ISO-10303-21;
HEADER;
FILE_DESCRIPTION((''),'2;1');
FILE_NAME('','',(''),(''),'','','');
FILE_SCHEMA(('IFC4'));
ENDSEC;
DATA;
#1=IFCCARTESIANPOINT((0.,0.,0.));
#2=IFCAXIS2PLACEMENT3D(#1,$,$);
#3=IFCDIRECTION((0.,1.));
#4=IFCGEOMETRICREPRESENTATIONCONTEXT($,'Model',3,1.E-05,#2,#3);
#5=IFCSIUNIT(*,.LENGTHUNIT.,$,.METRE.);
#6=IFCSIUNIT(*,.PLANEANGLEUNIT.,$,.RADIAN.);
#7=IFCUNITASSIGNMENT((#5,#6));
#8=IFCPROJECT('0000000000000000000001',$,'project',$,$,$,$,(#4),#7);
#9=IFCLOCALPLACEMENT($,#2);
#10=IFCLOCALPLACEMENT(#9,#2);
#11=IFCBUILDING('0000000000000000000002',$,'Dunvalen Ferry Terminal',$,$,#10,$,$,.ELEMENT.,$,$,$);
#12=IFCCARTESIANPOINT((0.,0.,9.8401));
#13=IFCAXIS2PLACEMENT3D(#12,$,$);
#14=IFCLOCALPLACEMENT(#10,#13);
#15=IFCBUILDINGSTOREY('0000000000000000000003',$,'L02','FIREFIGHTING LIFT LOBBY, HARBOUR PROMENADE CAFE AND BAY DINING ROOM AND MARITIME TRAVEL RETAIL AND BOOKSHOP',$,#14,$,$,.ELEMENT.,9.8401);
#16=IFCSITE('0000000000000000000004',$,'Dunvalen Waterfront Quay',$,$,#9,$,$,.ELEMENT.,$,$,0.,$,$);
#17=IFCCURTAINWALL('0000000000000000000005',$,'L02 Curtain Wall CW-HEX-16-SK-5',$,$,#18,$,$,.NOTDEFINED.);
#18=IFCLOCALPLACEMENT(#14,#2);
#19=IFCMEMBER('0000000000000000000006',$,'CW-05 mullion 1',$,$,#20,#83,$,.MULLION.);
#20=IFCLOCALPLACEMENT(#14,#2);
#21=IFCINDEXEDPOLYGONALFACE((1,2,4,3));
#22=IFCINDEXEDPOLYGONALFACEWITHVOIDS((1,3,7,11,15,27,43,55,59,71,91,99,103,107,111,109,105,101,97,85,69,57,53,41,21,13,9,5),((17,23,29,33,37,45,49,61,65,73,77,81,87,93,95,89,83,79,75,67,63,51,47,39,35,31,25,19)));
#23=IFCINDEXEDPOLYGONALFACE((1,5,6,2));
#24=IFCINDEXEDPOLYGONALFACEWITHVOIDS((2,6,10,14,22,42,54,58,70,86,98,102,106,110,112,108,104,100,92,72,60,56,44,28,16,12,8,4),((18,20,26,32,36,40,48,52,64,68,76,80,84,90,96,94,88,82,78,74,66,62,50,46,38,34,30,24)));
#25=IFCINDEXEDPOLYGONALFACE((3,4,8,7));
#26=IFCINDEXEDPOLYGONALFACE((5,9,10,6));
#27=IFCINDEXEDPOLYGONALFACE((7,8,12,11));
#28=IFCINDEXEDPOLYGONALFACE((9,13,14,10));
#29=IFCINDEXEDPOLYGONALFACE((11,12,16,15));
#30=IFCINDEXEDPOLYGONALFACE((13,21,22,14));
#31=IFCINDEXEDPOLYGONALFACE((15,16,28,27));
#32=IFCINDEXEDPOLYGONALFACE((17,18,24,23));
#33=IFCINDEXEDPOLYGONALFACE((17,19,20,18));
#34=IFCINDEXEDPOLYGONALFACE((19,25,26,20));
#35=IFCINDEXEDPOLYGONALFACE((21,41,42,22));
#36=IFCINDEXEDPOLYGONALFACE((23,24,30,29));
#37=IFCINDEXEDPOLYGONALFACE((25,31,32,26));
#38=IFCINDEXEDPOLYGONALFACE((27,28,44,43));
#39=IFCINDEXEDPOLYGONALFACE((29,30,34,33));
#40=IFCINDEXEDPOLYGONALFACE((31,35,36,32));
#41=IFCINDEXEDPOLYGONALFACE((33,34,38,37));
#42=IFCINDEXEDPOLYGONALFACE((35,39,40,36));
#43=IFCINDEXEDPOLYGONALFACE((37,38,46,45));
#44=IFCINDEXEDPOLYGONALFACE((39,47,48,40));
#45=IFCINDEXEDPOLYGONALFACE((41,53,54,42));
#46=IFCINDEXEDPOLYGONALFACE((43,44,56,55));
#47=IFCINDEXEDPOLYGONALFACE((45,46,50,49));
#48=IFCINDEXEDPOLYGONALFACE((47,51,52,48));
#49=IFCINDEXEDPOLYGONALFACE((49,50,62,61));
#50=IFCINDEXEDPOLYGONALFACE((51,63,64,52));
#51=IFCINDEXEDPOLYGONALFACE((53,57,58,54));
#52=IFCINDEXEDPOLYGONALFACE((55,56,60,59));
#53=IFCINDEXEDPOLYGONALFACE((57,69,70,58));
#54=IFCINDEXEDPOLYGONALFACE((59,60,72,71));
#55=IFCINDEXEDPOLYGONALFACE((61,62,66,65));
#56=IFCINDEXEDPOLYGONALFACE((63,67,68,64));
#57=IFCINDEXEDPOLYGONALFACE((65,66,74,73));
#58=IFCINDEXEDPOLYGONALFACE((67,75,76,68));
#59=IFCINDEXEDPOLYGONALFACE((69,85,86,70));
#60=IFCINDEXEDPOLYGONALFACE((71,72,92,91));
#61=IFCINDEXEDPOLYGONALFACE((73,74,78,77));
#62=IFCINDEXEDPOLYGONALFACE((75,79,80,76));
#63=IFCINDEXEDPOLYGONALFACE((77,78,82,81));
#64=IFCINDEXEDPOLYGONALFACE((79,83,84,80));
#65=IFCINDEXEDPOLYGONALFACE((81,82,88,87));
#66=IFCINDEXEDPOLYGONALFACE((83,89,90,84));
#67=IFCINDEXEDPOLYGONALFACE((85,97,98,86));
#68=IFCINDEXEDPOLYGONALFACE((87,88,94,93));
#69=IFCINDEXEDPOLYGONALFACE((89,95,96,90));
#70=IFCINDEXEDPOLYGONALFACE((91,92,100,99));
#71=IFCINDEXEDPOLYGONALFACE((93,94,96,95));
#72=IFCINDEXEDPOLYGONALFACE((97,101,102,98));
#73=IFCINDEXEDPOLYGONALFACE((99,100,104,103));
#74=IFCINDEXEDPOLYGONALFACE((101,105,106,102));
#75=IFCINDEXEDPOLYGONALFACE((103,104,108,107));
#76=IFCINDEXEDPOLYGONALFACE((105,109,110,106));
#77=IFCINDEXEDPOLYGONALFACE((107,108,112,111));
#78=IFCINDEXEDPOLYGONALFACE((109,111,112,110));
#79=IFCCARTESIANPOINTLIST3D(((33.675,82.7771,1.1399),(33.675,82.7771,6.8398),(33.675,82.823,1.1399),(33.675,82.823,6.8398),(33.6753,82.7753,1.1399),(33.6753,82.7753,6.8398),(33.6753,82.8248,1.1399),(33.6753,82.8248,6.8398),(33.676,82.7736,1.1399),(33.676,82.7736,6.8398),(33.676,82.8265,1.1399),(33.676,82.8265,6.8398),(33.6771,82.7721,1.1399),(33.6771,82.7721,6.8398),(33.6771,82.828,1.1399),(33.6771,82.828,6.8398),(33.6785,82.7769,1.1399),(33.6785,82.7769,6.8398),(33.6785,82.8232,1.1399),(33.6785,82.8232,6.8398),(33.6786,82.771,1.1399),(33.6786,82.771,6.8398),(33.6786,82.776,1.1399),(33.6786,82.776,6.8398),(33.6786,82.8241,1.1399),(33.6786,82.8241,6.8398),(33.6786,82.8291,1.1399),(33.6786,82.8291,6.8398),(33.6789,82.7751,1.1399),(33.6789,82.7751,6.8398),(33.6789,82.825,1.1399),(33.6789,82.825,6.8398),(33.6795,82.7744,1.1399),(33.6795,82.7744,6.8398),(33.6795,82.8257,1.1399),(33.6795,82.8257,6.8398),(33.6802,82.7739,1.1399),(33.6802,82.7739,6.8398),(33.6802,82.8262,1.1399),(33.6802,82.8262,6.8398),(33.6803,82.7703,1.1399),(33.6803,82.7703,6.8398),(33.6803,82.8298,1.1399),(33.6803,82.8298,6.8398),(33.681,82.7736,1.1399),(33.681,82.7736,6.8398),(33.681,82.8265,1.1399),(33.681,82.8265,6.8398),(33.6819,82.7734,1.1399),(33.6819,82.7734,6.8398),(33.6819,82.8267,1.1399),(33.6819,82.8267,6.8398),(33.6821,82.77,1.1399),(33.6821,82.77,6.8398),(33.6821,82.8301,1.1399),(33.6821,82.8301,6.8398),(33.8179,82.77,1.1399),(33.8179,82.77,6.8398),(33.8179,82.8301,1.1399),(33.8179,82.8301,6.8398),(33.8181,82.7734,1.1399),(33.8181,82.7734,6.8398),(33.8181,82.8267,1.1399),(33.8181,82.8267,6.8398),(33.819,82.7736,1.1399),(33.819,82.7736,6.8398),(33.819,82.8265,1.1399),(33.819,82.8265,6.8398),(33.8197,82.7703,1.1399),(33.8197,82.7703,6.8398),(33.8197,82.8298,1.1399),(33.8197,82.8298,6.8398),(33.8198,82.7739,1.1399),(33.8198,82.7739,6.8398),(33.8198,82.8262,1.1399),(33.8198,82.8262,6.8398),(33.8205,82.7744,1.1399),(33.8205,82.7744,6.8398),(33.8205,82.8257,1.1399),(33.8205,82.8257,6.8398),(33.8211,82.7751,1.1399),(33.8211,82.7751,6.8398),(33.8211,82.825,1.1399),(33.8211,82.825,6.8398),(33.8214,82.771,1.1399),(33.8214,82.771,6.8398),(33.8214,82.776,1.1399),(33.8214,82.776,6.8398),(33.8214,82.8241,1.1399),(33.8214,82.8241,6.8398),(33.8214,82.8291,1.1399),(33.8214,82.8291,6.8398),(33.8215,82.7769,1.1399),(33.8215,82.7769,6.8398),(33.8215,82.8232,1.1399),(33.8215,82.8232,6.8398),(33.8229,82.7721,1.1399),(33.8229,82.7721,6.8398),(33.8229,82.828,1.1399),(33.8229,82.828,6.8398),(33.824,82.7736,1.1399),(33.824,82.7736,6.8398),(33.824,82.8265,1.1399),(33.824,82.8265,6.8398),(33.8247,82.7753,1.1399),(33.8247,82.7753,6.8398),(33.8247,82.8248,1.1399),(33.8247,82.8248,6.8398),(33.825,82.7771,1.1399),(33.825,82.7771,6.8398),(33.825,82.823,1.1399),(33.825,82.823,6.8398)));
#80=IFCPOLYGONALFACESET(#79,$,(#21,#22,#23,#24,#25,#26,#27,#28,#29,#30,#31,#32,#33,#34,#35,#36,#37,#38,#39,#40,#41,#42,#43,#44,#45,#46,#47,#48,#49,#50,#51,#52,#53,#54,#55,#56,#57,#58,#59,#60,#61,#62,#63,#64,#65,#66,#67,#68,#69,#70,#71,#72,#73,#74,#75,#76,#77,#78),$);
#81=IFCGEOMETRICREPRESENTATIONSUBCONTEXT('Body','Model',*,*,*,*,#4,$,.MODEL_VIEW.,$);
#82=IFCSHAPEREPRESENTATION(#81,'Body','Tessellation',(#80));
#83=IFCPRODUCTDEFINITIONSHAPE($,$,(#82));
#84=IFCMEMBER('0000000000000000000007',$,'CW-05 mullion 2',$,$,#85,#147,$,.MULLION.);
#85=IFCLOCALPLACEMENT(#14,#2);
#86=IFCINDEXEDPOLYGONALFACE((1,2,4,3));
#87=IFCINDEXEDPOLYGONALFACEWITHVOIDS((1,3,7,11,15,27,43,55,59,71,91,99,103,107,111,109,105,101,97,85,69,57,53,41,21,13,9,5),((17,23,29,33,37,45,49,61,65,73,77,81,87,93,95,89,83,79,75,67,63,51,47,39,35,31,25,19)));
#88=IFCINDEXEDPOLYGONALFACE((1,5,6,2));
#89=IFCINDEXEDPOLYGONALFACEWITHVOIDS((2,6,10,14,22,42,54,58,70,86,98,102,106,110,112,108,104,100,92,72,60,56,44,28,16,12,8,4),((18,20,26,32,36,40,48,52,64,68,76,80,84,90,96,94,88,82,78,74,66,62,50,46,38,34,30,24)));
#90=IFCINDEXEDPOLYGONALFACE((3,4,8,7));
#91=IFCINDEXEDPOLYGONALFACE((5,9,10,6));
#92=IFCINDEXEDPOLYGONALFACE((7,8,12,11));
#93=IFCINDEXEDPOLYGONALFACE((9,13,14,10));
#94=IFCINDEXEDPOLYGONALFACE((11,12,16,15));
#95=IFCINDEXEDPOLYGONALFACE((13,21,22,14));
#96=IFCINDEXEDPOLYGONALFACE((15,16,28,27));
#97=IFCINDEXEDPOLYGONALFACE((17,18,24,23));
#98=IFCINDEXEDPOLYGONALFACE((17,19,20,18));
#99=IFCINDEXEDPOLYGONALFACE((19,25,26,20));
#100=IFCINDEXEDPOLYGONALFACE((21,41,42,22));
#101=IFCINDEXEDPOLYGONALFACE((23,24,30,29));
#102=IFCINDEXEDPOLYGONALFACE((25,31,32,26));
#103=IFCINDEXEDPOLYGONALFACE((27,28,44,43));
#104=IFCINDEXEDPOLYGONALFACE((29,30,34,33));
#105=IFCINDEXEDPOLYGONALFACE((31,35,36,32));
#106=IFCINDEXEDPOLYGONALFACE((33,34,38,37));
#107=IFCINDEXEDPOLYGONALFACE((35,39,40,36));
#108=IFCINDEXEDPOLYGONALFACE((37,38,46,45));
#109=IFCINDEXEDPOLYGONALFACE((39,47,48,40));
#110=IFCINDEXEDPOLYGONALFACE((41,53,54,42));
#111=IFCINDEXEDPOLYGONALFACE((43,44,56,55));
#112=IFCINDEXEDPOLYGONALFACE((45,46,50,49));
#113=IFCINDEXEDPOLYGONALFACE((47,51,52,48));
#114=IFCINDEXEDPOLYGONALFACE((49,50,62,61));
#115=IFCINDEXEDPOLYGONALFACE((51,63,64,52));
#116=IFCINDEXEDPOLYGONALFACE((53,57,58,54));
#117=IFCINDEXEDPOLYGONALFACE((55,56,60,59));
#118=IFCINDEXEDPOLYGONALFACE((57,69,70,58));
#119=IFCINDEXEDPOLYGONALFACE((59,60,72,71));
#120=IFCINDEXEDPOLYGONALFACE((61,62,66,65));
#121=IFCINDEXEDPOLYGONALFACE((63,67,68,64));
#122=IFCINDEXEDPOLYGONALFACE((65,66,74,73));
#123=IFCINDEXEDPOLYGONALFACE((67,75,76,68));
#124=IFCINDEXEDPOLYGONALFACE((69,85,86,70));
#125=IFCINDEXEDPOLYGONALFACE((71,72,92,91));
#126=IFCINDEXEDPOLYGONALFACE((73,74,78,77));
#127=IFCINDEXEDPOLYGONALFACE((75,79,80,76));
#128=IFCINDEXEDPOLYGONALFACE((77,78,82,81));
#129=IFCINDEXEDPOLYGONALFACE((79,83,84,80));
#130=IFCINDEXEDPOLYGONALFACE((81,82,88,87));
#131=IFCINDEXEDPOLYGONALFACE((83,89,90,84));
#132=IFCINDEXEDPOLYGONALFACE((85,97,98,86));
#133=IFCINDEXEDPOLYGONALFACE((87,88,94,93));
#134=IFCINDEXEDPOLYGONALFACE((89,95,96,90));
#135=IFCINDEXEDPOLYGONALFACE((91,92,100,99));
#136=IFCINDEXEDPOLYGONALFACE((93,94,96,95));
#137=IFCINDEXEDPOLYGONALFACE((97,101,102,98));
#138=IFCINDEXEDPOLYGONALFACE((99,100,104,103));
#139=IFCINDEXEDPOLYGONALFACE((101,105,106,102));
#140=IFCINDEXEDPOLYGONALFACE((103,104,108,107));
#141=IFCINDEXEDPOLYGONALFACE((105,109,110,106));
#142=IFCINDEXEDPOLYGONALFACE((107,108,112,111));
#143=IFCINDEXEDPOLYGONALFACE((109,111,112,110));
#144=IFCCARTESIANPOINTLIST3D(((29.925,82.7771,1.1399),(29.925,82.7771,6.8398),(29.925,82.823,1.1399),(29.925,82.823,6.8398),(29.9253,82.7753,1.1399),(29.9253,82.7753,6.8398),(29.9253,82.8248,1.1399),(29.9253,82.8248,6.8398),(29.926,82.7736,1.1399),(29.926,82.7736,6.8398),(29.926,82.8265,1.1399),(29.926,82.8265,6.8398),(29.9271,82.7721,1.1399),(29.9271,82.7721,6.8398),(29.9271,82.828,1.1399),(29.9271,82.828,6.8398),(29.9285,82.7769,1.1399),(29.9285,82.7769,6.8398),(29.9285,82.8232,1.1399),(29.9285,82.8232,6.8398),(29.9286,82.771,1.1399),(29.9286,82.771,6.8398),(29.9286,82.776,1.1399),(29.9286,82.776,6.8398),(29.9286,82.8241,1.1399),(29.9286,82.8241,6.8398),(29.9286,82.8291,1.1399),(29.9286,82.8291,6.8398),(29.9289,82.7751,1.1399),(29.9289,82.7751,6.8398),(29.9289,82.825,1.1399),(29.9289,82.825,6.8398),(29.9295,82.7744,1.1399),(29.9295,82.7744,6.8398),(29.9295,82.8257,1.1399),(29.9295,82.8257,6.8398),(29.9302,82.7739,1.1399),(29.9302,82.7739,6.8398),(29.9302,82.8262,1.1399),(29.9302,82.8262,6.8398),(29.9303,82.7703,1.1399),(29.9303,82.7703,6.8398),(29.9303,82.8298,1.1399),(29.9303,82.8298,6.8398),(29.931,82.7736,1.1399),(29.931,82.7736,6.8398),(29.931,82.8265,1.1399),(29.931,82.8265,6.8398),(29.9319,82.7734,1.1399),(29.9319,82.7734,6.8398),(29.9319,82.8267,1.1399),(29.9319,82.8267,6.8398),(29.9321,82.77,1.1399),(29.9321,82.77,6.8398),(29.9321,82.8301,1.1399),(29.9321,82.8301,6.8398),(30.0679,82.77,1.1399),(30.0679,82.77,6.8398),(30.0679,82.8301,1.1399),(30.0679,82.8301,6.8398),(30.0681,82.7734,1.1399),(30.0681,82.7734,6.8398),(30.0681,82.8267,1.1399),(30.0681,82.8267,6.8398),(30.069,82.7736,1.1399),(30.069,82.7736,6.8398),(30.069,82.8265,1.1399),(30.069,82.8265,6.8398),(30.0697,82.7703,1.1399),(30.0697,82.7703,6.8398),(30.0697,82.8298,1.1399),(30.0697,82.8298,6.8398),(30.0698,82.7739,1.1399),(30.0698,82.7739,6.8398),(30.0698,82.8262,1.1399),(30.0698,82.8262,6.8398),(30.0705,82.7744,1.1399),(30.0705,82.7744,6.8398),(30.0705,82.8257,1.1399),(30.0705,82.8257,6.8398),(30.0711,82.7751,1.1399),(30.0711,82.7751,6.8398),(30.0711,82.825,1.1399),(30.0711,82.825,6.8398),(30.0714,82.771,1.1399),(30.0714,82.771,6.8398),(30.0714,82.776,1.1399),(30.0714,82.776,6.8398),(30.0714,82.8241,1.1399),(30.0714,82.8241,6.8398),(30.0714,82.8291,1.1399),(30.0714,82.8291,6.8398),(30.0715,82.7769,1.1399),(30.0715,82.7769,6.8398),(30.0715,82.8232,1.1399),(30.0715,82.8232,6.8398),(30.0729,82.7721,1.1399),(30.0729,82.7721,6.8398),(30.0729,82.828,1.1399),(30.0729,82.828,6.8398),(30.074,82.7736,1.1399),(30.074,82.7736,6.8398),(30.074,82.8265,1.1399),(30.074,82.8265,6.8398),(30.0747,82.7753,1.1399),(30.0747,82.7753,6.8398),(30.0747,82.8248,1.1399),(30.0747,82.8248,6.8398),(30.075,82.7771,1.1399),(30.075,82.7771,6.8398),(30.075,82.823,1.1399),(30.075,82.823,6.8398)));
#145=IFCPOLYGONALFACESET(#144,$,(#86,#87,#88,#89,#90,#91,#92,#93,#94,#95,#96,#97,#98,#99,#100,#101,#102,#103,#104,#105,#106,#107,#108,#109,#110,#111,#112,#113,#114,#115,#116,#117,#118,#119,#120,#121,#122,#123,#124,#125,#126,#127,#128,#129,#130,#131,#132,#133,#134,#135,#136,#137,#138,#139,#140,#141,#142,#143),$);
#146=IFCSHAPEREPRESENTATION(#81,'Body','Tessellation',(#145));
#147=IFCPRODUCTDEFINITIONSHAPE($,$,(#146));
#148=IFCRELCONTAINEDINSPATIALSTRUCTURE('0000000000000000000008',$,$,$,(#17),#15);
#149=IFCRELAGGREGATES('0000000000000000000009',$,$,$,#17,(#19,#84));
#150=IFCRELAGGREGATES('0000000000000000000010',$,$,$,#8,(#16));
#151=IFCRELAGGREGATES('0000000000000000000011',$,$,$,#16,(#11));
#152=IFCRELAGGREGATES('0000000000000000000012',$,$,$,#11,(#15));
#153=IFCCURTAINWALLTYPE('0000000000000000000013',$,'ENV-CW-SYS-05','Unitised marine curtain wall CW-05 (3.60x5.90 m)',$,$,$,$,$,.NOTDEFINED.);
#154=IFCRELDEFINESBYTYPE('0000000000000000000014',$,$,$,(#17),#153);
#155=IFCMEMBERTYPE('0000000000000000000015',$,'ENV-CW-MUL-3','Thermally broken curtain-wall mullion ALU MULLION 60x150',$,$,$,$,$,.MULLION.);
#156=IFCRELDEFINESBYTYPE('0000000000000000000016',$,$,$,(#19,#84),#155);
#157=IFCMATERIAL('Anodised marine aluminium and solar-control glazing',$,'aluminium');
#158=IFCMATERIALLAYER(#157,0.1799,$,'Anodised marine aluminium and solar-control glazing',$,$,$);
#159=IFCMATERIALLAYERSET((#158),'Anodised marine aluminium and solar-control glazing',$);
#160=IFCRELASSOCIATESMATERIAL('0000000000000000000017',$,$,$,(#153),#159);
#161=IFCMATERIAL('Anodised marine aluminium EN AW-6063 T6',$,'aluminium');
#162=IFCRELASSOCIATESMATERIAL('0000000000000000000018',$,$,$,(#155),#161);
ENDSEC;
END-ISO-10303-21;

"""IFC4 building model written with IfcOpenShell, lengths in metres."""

from ifc_helpers import new_model, si_unit, direction, frame, origin, origin_2d, place, context, subcontext, project, spatial, hollow_rectangle, extrude, material, layer, layer_set, material_profile, profile_set, type_object, element, aggregate, save


model = new_model("IFC4")

# Units and contexts
model_context = context("Model", 3, precision=1e-05, world=origin(), true_north=direction((0.0, 1.0)))
body_context = subcontext(model_context, "Body", "Model", "MODEL_VIEW")
ifc_project = project(units=[si_unit("LENGTHUNIT", "METRE"), si_unit("PLANEANGLEUNIT", "RADIAN")], contexts=[model_context])

# Site, building, storey
site_placement = place(None, origin())
site = spatial("IfcSite", under=ifc_project, at=site_placement, Name="Dunvalen Waterfront Quay", CompositionType="ELEMENT", RefElevation=0.0)
building_placement = place(site_placement, origin())
building = spatial("IfcBuilding", under=site, at=building_placement, Name="Dunvalen Ferry Terminal", CompositionType="ELEMENT")
storey_placement = place(building_placement, frame((0.0, 0.0, 9.8401)))
storey = spatial("IfcBuildingStorey", under=building, at=storey_placement, Name="L02", Description="FIREFIGHTING LIFT LOBBY, HARBOUR PROMENADE CAFE AND BAY DINING ROOM AND MARITIME TRAVEL RETAIL AND BOOKSHOP", CompositionType="ELEMENT", Elevation=9.8401)

# Curtain wall, members
ifc_material_1 = material(Name="Anodised marine aluminium and solar-control glazing", Category="aluminium")
ifc_layer_1 = layer(ifc_material_1, 0.1799, Name="Anodised marine aluminium and solar-control glazing")
ifc_layer_set_1 = layer_set([ifc_layer_1], Name="Anodised marine aluminium and solar-control glazing")
curtain_wall_type = type_object("IfcCurtainWallType", Name="ENV-CW-SYS-05", Description="Unitised marine curtain wall CW-05 (3.60x5.90 m)", PredefinedType="NOTDEFINED", material=ifc_layer_set_1)
curtain_wall_placement = place(storey_placement, origin())
curtain_wall = element("IfcCurtainWall", 1, at=curtain_wall_placement, inside=storey, type_object=curtain_wall_type, Name="L02 Curtain Wall CW-HEX-16-SK-5", PredefinedType="NOTDEFINED")
ifc_material_2 = material(Name="Anodised marine aluminium EN AW-6063 T6", Category="aluminium")
ifc_material_profile_1 = material_profile(ifc_material_2, hollow_rectangle(XDim=0.0601, YDim=0.1499, WallThickness=0.0034, InnerFilletRadius=0.0034, OuterFilletRadius=0.0071, at=origin_2d()), Name="Anodised marine aluminium EN AW-6063 T6")
ifc_profile_set_1 = profile_set([ifc_material_profile_1], Name="Anodised marine aluminium EN AW-6063 T6")
member_type_1 = type_object("IfcMemberType", Name="ENV-CW-MUL-3", Description="Thermally broken curtain-wall mullion ALU MULLION 60x150", PredefinedType="MULLION", material=ifc_profile_set_1)
member_1_placement = place(storey_placement, frame((33.75, 82.8, 1.1399), z_axis=(0.0, 0.0, 1.0), x_axis=(0.0, -1.0, 0.0)))
member_1 = element("IfcMember", 2, at=member_1_placement, type_object=member_type_1, Name="CW-05 mullion 1", PredefinedType="MULLION", context=body_context, shape_type="SweptSolid", body=[
    extrude(hollow_rectangle(XDim=0.0601, YDim=0.1499, WallThickness=0.0034, InnerFilletRadius=0.0034, OuterFilletRadius=0.0071, at=origin_2d()), origin(), (0.0, 0.0, 1.0), 5.7),
])
member_2_placement = place(storey_placement, frame((30.0, 82.8, 1.1399), z_axis=(0.0, 0.0, 1.0), x_axis=(0.0, -1.0, 0.0)))
member_2 = element("IfcMember", 3, at=member_2_placement, type_object=member_type_1, Name="CW-05 mullion 2", PredefinedType="MULLION", context=body_context, shape_type="SweptSolid", body=[
    extrude(hollow_rectangle(XDim=0.0601, YDim=0.1499, WallThickness=0.0034, InnerFilletRadius=0.0034, OuterFilletRadius=0.0071, at=origin_2d()), origin(), (0.0, 0.0, 1.0), 5.7),
])

aggregate(curtain_wall, [member_1, member_2])

save(model, "model.ifc")
